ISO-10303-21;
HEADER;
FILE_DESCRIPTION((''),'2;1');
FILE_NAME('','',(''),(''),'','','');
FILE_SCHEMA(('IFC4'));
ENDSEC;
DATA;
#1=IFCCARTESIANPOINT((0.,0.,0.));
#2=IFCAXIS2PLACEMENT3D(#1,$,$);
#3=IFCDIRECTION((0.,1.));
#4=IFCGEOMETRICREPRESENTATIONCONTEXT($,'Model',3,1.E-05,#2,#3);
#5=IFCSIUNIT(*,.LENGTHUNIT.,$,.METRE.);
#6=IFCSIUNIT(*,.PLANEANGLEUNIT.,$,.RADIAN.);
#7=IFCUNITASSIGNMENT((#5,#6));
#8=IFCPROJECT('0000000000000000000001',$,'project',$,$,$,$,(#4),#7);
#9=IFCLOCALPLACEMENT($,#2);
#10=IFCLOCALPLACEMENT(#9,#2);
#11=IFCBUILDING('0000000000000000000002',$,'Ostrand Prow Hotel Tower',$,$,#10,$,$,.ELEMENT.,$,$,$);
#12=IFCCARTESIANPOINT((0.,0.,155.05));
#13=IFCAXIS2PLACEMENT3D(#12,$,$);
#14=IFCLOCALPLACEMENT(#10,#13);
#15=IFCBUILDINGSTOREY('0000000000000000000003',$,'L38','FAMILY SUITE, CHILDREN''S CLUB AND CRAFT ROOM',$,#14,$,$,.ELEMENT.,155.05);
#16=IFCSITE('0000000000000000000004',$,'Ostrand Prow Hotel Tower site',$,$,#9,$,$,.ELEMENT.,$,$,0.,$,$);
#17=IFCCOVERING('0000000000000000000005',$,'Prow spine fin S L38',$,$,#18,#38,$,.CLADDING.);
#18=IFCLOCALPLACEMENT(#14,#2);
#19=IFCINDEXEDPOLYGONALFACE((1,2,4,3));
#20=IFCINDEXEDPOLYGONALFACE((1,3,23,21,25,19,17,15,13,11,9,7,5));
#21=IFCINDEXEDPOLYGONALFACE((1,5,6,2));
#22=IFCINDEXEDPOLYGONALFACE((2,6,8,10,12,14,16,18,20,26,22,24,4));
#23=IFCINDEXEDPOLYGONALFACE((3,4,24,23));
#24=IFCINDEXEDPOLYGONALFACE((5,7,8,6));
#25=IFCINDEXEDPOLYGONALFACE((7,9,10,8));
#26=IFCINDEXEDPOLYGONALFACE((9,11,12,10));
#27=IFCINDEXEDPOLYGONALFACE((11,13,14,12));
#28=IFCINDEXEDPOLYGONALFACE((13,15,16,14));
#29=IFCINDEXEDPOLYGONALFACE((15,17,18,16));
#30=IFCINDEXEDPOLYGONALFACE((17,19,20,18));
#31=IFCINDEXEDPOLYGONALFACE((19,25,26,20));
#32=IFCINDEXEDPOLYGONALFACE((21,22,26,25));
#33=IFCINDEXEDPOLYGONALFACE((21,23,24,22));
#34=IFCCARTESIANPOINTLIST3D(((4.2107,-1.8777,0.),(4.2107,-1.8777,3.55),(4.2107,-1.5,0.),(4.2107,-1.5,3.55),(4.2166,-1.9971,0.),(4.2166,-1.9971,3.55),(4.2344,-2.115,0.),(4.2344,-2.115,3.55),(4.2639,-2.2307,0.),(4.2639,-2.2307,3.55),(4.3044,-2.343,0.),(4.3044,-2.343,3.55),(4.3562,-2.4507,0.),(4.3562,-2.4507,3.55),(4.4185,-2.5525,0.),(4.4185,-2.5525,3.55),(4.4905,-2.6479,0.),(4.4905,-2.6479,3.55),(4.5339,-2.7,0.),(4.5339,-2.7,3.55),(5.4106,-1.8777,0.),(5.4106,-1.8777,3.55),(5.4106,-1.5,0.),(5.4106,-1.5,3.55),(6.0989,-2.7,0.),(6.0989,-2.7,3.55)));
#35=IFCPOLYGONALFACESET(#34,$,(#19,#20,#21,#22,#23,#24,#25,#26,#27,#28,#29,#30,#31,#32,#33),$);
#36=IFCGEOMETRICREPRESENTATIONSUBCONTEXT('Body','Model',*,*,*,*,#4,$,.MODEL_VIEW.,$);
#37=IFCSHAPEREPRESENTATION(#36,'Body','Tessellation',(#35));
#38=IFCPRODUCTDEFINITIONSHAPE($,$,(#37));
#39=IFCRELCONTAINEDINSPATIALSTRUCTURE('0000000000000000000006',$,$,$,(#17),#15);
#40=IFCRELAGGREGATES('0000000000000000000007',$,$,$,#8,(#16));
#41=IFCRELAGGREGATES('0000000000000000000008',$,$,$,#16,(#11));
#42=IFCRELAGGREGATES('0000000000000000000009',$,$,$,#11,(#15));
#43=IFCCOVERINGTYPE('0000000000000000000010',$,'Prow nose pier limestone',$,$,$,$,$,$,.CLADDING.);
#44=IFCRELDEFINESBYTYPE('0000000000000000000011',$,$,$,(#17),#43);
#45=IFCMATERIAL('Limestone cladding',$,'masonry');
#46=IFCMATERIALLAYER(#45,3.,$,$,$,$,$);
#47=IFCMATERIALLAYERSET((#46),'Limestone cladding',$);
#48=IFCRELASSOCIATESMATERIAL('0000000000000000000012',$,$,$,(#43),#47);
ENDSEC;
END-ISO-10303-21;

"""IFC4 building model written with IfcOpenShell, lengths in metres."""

from ifc_helpers import new_model, si_unit, direction, frame, origin, place, context, subcontext, project, spatial, polyline, outline, extrude, material, layer, layer_set, type_object, element, save


model = new_model("IFC4")

# Units and contexts
model_context = context("Model", 3, precision=1e-05, world=origin(), true_north=direction((0.0, 1.0)))
body_context = subcontext(model_context, "Body", "Model", "MODEL_VIEW")
ifc_project = project(units=[si_unit("LENGTHUNIT", "METRE"), si_unit("PLANEANGLEUNIT", "RADIAN")], contexts=[model_context])

# Site, building, storey
site_placement = place(None, origin())
site = spatial("IfcSite", under=ifc_project, at=site_placement, Name="Ostrand Prow Hotel Tower site", CompositionType="ELEMENT", RefElevation=0.0)
building_placement = place(site_placement, origin())
building = spatial("IfcBuilding", under=site, at=building_placement, Name="Ostrand Prow Hotel Tower", CompositionType="ELEMENT")
storey_placement = place(building_placement, frame((0.0, 0.0, 155.05)))
storey = spatial("IfcBuildingStorey", under=building, at=storey_placement, Name="L38", Description="FAMILY SUITE, CHILDREN'S CLUB AND CRAFT ROOM", CompositionType="ELEMENT", Elevation=155.05)

# Covering
ifc_material_1 = material(Name="Limestone cladding", Category="masonry")
ifc_layer_1 = layer(ifc_material_1, 3.0)
ifc_layer_set_1 = layer_set([ifc_layer_1], Name="Limestone cladding")
covering_type_1 = type_object("IfcCoveringType", Name="Prow nose pier limestone", PredefinedType="CLADDING", material=ifc_layer_set_1)
covering_1_placement = place(storey_placement, origin())
element("IfcCovering", 1, at=covering_1_placement, inside=storey, type_object=covering_type_1, Name="Prow spine fin S L38", PredefinedType="CLADDING", context=body_context, shape_type="SweptSolid", body=[
    extrude(outline(polyline([(4.4905, -2.6479), (4.5339, -2.7), (6.0989, -2.7), (5.4106, -1.8777), (5.4106, -1.5), (4.2107, -1.5), (4.2107, -1.8777), (4.2166, -1.9971), (4.2344, -2.115), (4.2639, -2.2307), (4.3044, -2.343), (4.3562, -2.4507), (4.4185, -2.5525), (4.4905, -2.6479)])), origin(), (0.0, 0.0, 1.0), 3.55),
])

save(model, "model.ifc")
